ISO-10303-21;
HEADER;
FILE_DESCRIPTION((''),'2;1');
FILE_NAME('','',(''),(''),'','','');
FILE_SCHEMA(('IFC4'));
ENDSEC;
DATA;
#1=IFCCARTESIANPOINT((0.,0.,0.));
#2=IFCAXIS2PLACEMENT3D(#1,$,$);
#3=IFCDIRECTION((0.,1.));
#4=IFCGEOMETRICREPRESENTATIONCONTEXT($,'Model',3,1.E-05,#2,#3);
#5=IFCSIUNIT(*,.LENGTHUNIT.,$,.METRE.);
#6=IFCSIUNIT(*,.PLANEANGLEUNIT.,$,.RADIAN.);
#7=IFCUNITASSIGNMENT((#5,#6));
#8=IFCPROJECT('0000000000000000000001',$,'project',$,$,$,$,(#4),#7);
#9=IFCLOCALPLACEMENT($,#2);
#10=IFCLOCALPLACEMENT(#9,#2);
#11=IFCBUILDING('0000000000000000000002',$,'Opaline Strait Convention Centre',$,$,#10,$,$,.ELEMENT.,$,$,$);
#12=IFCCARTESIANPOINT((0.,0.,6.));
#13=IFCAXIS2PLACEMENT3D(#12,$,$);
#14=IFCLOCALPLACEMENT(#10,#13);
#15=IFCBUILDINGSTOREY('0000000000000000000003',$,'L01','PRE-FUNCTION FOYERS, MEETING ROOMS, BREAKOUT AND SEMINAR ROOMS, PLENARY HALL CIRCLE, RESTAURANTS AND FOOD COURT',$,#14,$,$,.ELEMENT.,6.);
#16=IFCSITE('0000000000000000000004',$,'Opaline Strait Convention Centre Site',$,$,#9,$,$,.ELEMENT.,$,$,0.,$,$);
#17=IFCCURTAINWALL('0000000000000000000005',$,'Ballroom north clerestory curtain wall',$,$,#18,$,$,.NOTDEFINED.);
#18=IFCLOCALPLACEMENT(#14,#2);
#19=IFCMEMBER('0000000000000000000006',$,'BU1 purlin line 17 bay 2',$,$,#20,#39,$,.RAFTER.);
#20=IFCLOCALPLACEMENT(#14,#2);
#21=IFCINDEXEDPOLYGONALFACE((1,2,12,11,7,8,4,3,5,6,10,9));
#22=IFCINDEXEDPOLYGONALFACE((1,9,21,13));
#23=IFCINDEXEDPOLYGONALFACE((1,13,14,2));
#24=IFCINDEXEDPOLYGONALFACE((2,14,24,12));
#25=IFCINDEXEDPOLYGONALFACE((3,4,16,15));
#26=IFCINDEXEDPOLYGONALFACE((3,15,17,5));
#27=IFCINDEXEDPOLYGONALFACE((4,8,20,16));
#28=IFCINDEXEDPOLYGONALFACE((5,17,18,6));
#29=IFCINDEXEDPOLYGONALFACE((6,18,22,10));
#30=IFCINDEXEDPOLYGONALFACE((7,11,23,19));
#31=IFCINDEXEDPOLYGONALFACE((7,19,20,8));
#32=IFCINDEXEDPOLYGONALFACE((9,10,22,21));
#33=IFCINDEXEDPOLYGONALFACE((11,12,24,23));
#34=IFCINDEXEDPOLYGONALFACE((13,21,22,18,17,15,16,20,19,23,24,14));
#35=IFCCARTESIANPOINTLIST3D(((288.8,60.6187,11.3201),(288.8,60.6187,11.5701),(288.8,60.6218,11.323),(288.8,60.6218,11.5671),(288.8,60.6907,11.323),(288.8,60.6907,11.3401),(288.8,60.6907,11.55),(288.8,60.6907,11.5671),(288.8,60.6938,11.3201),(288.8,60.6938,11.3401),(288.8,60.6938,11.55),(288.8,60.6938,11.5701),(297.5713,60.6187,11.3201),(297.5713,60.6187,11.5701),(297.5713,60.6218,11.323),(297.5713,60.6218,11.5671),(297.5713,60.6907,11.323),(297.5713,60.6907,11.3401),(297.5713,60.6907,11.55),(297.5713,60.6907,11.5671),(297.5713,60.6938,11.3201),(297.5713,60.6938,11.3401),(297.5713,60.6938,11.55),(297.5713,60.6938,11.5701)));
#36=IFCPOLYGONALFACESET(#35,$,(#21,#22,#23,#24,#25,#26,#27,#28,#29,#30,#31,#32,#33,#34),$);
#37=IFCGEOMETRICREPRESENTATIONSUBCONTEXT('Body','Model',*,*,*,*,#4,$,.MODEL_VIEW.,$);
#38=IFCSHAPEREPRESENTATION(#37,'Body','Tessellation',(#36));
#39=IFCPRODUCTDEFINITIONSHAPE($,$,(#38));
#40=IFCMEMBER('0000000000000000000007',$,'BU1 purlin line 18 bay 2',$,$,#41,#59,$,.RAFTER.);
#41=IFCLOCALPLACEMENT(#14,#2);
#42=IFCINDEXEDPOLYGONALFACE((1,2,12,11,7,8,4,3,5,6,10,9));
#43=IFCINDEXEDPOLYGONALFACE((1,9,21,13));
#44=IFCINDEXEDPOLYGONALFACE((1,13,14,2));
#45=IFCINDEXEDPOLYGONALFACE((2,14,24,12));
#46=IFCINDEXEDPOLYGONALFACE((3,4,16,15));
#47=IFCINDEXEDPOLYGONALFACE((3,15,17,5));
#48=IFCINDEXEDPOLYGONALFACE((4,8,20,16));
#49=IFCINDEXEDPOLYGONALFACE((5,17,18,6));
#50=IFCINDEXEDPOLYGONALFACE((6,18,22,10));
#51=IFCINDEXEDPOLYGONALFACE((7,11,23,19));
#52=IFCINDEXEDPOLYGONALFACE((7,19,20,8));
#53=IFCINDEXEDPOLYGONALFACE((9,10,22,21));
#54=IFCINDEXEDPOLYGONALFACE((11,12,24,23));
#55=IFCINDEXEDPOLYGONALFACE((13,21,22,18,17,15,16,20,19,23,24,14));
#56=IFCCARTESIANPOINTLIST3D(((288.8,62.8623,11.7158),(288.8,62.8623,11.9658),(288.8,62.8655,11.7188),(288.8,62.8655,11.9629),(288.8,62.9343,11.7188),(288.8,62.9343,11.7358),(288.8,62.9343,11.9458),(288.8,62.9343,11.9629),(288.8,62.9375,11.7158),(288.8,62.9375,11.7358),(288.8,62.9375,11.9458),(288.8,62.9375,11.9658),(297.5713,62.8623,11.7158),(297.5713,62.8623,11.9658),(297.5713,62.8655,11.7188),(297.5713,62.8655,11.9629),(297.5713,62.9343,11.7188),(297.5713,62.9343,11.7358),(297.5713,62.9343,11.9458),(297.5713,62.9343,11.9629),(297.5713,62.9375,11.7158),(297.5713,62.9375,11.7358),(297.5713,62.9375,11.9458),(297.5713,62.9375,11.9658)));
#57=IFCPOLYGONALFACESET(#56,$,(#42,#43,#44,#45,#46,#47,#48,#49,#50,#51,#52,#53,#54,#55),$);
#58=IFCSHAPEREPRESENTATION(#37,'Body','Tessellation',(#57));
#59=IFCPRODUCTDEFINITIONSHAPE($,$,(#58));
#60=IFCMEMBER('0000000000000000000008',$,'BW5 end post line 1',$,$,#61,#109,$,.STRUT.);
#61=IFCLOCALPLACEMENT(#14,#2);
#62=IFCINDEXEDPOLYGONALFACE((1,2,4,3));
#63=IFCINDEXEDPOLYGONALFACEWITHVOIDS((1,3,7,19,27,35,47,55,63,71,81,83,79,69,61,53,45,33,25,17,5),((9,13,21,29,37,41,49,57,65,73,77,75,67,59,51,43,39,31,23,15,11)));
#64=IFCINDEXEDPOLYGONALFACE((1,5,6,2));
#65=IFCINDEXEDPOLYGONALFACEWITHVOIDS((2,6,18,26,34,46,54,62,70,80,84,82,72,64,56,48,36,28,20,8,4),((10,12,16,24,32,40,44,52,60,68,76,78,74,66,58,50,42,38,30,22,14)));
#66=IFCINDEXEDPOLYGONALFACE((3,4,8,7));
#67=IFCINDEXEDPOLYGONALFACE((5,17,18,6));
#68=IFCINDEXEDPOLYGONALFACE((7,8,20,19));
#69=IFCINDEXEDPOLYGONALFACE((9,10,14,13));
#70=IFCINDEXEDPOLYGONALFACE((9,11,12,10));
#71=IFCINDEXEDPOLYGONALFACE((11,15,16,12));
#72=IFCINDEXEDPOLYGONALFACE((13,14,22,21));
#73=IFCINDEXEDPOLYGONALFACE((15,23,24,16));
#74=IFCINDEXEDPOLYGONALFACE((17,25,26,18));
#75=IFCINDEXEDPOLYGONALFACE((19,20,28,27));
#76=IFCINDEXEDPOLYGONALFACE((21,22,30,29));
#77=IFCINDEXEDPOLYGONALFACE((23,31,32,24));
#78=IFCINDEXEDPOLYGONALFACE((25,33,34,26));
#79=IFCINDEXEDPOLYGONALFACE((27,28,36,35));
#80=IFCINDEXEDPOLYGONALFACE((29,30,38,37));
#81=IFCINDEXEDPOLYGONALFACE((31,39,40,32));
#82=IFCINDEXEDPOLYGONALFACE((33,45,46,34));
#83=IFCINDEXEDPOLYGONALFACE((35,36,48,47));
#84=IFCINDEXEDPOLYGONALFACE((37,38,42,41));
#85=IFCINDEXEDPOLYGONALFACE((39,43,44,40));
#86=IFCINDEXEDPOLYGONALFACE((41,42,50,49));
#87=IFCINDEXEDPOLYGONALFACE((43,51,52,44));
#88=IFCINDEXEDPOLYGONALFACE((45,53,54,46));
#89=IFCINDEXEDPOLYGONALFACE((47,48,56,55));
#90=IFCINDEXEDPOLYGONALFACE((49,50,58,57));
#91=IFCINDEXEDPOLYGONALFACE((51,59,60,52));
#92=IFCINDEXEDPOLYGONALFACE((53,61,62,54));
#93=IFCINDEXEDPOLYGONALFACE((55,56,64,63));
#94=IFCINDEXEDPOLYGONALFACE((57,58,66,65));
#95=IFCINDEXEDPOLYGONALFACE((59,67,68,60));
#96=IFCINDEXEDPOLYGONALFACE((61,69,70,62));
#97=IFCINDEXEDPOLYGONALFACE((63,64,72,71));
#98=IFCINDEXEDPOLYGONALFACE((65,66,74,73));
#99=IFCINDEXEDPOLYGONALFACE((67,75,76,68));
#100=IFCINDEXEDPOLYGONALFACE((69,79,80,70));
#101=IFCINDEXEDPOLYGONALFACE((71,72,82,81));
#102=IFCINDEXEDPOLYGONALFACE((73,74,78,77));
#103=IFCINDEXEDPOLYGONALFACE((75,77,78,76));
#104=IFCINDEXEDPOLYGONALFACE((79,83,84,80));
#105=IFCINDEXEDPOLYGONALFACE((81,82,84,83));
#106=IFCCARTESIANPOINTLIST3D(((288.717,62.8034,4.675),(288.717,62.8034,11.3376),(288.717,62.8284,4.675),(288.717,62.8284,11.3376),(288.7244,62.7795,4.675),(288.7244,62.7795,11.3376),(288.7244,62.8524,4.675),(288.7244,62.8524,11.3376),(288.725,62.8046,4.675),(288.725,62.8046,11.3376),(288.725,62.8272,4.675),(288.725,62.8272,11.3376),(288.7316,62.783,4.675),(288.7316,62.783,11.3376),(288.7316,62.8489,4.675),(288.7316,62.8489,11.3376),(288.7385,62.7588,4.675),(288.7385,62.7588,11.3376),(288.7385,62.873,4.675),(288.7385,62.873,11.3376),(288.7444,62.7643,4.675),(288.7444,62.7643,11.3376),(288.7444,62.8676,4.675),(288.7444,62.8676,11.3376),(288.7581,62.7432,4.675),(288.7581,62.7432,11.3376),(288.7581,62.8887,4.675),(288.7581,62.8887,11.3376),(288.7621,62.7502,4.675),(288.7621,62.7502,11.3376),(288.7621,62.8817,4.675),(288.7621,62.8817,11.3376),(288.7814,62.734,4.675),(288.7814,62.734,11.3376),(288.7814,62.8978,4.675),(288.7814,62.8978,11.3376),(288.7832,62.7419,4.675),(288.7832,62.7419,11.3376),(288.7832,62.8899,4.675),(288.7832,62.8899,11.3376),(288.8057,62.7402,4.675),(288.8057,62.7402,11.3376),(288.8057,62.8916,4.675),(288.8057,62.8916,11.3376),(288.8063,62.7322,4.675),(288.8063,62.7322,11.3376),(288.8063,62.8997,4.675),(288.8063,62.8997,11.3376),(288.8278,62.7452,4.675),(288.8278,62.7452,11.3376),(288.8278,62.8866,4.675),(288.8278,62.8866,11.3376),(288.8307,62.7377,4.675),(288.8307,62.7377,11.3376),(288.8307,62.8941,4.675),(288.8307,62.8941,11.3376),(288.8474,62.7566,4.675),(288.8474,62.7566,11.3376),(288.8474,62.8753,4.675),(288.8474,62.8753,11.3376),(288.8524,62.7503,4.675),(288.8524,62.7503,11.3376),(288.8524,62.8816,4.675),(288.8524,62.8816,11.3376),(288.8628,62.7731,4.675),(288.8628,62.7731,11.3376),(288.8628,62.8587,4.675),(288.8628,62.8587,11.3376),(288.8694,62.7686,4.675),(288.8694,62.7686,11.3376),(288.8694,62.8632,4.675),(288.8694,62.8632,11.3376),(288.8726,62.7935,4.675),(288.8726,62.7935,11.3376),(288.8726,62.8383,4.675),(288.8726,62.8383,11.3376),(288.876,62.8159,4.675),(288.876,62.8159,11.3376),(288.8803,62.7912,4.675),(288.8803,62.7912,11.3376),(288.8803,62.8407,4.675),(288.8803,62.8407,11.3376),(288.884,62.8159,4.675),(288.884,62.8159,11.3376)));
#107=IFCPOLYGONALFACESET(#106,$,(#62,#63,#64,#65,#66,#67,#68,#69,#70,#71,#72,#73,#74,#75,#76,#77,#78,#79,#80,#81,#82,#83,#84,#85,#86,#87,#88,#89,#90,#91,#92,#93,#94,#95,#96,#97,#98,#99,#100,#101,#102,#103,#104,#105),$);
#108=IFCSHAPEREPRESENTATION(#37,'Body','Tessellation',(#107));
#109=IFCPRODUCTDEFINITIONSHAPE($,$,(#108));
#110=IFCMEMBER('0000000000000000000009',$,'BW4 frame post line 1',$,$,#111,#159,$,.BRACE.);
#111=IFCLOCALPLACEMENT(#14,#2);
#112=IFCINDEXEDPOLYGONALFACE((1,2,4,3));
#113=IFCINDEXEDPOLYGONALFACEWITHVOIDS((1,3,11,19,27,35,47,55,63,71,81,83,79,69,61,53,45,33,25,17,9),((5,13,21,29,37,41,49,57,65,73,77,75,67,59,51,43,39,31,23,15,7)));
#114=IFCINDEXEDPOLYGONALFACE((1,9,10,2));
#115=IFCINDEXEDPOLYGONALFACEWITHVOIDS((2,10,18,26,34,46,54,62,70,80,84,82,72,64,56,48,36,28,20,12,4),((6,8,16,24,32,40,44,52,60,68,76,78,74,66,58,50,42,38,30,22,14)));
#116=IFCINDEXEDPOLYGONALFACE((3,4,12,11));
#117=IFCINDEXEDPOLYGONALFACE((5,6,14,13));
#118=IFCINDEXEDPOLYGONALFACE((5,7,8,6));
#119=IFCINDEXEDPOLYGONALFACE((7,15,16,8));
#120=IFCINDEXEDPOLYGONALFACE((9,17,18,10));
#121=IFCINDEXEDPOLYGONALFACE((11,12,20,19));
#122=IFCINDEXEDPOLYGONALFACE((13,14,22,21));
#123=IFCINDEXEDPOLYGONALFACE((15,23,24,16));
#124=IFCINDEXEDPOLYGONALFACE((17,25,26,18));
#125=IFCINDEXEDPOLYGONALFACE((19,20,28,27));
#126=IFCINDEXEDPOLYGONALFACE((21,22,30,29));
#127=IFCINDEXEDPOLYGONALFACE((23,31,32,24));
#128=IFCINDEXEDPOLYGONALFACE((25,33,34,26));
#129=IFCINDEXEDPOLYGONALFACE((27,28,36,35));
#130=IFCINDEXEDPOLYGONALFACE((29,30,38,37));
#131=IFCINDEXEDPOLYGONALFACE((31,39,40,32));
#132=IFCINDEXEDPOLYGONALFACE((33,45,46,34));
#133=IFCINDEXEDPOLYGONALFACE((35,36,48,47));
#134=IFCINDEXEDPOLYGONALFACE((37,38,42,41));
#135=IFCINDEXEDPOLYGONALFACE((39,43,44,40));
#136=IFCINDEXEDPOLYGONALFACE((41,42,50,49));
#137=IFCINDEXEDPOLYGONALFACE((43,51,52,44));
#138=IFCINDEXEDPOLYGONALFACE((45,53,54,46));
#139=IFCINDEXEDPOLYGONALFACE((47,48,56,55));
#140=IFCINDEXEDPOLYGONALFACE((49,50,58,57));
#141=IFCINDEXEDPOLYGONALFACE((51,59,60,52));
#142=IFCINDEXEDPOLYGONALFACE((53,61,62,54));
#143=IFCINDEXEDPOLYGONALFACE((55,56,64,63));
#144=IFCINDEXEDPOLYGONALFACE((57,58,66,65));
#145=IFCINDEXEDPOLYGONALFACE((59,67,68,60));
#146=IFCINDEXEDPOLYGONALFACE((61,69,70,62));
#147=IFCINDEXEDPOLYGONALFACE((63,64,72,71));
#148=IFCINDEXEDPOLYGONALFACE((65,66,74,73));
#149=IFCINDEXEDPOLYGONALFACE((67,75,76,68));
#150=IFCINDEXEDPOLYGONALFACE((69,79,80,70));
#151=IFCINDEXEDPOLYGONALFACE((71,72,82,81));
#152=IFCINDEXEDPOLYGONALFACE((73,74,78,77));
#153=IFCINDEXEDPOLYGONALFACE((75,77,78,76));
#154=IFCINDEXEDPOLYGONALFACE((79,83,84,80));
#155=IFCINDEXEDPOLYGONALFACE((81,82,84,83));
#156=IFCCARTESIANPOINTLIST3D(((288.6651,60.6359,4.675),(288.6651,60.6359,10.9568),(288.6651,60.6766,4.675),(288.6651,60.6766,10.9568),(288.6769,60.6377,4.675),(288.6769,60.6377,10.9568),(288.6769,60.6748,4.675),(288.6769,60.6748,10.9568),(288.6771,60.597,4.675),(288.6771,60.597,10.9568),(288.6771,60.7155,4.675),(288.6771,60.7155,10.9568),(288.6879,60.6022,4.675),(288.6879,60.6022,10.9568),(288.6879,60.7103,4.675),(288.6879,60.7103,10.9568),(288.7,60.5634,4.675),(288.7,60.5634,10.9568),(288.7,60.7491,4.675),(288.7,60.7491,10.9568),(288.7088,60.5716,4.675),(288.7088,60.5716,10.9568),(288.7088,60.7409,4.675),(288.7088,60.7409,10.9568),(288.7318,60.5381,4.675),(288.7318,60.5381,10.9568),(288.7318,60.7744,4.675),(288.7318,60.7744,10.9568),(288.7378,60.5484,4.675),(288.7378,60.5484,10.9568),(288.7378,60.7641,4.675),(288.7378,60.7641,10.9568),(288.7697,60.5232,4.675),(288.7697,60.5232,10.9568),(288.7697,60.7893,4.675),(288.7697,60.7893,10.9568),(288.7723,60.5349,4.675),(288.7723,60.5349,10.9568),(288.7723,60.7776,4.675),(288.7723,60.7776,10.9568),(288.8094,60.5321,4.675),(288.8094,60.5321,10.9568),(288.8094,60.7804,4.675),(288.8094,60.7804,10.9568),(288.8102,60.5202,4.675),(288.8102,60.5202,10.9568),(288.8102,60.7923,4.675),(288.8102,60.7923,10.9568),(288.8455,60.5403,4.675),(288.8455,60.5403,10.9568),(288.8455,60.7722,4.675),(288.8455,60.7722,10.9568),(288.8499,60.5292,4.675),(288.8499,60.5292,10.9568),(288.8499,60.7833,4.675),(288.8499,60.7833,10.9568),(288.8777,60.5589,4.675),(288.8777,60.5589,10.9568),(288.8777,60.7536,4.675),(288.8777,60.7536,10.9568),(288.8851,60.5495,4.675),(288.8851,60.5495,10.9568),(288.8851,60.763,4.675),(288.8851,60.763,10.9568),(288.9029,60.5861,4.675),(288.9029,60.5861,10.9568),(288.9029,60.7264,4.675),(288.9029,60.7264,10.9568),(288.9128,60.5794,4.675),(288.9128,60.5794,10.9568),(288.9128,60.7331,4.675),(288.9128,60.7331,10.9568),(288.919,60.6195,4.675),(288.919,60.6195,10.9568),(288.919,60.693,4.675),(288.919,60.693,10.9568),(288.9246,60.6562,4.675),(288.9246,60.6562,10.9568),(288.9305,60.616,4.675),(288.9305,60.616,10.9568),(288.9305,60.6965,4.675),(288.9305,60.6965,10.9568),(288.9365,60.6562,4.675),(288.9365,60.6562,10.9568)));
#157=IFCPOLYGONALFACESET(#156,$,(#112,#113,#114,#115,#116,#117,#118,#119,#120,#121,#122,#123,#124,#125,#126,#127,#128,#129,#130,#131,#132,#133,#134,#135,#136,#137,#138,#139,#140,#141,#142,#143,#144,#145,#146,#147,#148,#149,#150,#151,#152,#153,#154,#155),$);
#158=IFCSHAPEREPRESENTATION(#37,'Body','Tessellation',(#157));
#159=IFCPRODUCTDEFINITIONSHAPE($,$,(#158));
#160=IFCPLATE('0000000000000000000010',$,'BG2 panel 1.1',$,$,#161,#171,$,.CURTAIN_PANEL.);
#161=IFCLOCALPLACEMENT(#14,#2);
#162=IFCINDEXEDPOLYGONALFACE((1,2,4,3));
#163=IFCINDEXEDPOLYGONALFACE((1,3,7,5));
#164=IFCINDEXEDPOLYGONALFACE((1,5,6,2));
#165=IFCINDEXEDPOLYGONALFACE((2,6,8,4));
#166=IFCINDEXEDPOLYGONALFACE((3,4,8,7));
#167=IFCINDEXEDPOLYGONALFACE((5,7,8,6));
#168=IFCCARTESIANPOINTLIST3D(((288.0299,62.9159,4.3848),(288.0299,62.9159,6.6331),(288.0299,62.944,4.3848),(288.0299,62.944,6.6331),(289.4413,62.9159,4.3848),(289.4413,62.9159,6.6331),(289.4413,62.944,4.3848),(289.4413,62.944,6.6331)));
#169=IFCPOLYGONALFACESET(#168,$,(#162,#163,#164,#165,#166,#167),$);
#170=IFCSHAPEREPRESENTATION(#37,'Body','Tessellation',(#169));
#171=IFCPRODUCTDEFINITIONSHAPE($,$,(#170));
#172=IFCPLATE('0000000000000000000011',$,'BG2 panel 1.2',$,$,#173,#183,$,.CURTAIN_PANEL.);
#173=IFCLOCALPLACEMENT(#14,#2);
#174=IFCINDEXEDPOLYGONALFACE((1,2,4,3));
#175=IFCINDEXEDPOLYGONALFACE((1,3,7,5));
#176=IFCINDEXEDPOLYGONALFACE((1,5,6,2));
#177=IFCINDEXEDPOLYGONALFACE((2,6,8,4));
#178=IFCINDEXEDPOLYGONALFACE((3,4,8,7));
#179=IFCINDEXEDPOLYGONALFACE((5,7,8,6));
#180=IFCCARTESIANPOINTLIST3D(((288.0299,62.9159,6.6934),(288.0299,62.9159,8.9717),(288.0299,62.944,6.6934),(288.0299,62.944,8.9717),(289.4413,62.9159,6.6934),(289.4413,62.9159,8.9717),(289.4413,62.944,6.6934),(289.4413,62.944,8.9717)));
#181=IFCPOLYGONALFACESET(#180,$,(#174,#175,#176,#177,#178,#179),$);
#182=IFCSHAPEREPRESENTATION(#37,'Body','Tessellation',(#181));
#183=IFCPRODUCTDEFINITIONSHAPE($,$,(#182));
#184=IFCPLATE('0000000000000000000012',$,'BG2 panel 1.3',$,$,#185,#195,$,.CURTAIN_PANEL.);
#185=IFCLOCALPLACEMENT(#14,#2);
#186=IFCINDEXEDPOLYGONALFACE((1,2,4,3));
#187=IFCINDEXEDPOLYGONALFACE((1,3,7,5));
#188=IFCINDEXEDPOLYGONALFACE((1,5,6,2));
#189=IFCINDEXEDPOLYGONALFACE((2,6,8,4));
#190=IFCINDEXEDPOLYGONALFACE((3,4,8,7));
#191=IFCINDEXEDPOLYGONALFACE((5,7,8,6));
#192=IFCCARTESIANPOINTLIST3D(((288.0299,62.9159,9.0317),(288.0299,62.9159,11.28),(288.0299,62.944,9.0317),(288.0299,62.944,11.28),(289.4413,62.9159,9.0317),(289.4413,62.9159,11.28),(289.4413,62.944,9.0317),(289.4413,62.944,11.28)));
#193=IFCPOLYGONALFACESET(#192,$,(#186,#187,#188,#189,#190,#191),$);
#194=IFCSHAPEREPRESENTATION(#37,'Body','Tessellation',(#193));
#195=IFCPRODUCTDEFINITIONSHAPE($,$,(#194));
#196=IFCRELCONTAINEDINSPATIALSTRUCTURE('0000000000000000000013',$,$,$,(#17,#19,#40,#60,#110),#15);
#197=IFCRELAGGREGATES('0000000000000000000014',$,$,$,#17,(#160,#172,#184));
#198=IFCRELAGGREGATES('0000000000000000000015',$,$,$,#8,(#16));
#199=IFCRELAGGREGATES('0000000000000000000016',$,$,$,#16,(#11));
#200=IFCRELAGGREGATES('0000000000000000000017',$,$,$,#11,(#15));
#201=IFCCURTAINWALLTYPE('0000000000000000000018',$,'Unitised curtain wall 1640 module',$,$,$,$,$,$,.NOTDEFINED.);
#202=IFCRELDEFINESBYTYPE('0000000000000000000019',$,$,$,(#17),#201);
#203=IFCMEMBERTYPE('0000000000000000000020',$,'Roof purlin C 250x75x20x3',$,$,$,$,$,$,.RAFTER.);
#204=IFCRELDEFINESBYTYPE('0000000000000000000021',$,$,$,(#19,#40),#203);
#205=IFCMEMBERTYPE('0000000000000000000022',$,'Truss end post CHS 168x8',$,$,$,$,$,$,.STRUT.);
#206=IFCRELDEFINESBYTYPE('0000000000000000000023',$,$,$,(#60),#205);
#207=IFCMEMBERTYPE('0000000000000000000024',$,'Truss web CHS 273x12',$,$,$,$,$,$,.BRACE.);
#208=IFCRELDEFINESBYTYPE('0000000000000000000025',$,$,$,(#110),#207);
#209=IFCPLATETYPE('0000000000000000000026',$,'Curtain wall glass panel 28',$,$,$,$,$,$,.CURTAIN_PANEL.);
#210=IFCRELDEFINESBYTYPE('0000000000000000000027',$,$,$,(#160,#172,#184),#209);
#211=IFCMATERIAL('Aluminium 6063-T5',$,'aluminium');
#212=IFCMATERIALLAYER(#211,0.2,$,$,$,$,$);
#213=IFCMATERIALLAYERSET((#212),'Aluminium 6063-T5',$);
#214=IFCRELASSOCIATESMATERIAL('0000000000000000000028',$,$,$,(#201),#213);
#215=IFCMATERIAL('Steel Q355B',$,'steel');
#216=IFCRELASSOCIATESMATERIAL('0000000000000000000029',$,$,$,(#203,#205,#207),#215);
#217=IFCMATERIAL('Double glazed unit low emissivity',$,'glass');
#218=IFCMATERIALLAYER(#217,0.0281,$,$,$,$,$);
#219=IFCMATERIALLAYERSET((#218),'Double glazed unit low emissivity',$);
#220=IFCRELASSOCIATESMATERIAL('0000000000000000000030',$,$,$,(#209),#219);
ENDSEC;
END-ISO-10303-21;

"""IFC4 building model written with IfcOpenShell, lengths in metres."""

from ifc_helpers import new_model, si_unit, direction, frame, origin, origin_2d, place, context, subcontext, project, spatial, polyline, rectangle, hollow_circle, outline, extrude, material, layer, layer_set, material_profile, profile_set, type_object, element, aggregate, save


model = new_model("IFC4")

# Units and contexts
model_context = context("Model", 3, precision=1e-05, world=origin(), true_north=direction((0.0, 1.0)))
body_context = subcontext(model_context, "Body", "Model", "MODEL_VIEW")
ifc_project = project(units=[si_unit("LENGTHUNIT", "METRE"), si_unit("PLANEANGLEUNIT", "RADIAN")], contexts=[model_context])

# Site, building, storey
site_placement = place(None, origin())
site = spatial("IfcSite", under=ifc_project, at=site_placement, Name="Opaline Strait Convention Centre Site", CompositionType="ELEMENT", RefElevation=0.0)
building_placement = place(site_placement, origin())
building = spatial("IfcBuilding", under=site, at=building_placement, Name="Opaline Strait Convention Centre", CompositionType="ELEMENT")
storey_placement = place(building_placement, frame((0.0, 0.0, 6.0)))
storey = spatial("IfcBuildingStorey", under=building, at=storey_placement, Name="L01", Description="PRE-FUNCTION FOYERS, MEETING ROOMS, BREAKOUT AND SEMINAR ROOMS, PLENARY HALL CIRCLE, RESTAURANTS AND FOOD COURT", CompositionType="ELEMENT", Elevation=6.0)

# Curtain wall
ifc_material_1 = material(Name="Aluminium 6063-T5", Category="aluminium")
ifc_layer_1 = layer(ifc_material_1, 0.2)
ifc_layer_set_1 = layer_set([ifc_layer_1], Name="Aluminium 6063-T5")
curtain_wall_type = type_object("IfcCurtainWallType", Name="Unitised curtain wall 1640 module", PredefinedType="NOTDEFINED", material=ifc_layer_set_1)
curtain_wall_placement = place(storey_placement, origin())
curtain_wall = element("IfcCurtainWall", 1, at=curtain_wall_placement, inside=storey, type_object=curtain_wall_type, Name="Ballroom north clerestory curtain wall", PredefinedType="NOTDEFINED")

# Members
ifc_material_2 = material(Name="Steel Q355B", Category="steel")
ifc_material_profile_1 = material_profile(ifc_material_2, outline(polyline([(-0.0376, -0.125), (0.0376, -0.125), (0.0376, -0.105), (0.0344, -0.105), (0.0344, -0.1221), (-0.0344, -0.1221), (-0.0344, 0.1221), (0.0344, 0.1221), (0.0344, 0.105), (0.0376, 0.105), (0.0376, 0.125), (-0.0376, 0.125), (-0.0376, -0.125)])), Name="C 250x75x20x3")
ifc_profile_set_1 = profile_set([ifc_material_profile_1], Name="Steel Q355B")
member_type_1 = type_object("IfcMemberType", Name="Roof purlin C 250x75x20x3", PredefinedType="RAFTER", material=ifc_profile_set_1)
for number, where, z_axis, x_axis, name in (
    (2, (288.8, 60.6562, 11.4451), (1.0, 0.0, 0.0), (0.0, 1.0, 0.0), "BU1 purlin line 17 bay 2"),
    (3, (288.8, 62.8999, 11.8408), (1.0, 0.0, 0.0), (0.0, 1.0, 0.0), "BU1 purlin line 18 bay 2"),
):
    element("IfcMember", number, at=place(storey_placement, frame(where, z_axis=z_axis, x_axis=x_axis)), inside=storey, type_object=member_type_1, Name=name, PredefinedType="RAFTER", context=body_context, shape_type="SweptSolid", body=[
        extrude(outline(polyline([(-0.0376, -0.125), (0.0376, -0.125), (0.0376, -0.105), (0.0344, -0.105), (0.0344, -0.1221), (-0.0344, -0.1221), (-0.0344, 0.1221), (0.0344, 0.1221), (0.0344, 0.105), (0.0376, 0.105), (0.0376, 0.125), (-0.0376, 0.125), (-0.0376, -0.125)])), origin(), (0.0, 0.0, 1.0), 8.7712),
    ])
ifc_material_profile_2 = material_profile(ifc_material_2, hollow_circle(Radius=0.084, WallThickness=0.0081, at=origin_2d()), Name="CHS 168x8")
ifc_profile_set_2 = profile_set([ifc_material_profile_2], Name="Steel Q355B")
member_type_2 = type_object("IfcMemberType", Name="Truss end post CHS 168x8", PredefinedType="STRUT", material=ifc_profile_set_2)
member_1_placement = place(storey_placement, frame((288.8, 62.8159, 4.675), z_axis=(0.0, 0.0, 1.0), x_axis=(1.0, 0.0, 0.0)))
element("IfcMember", 4, at=member_1_placement, inside=storey, type_object=member_type_2, Name="BW5 end post line 1", PredefinedType="STRUT", context=body_context, shape_type="SweptSolid", body=[
    extrude(hollow_circle(Radius=0.084, WallThickness=0.0081, at=origin_2d()), origin(), (0.0, 0.0, 1.0), 6.6626),
])
ifc_material_profile_3 = material_profile(ifc_material_2, hollow_circle(Radius=0.1365, WallThickness=0.012, at=origin_2d()), Name="CHS 273x12")
ifc_profile_set_3 = profile_set([ifc_material_profile_3], Name="Steel Q355B")
member_type_3 = type_object("IfcMemberType", Name="Truss web CHS 273x12", PredefinedType="BRACE", material=ifc_profile_set_3)
member_2_placement = place(storey_placement, frame((288.8, 60.6562, 4.675), z_axis=(0.0, 0.0, 1.0), x_axis=(1.0, 0.0, 0.0)))
element("IfcMember", 5, at=member_2_placement, inside=storey, type_object=member_type_3, Name="BW4 frame post line 1", PredefinedType="BRACE", context=body_context, shape_type="SweptSolid", body=[
    extrude(hollow_circle(Radius=0.1365, WallThickness=0.012, at=origin_2d()), origin(), (0.0, 0.0, 1.0), 6.2817),
])

# Plates
ifc_material_3 = material(Name="Double glazed unit low emissivity", Category="glass")
ifc_layer_2 = layer(ifc_material_3, 0.0281)
ifc_layer_set_2 = layer_set([ifc_layer_2], Name="Double glazed unit low emissivity")
plate_type = type_object("IfcPlateType", Name="Curtain wall glass panel 28", PredefinedType="CURTAIN_PANEL", material=ifc_layer_set_2)
plate_1_placement = place(storey_placement, frame((288.7356, 62.9299, 4.3848), z_axis=(0.0, 0.0, 1.0), x_axis=(1.0, 0.0, 0.0)))
plate_1 = element("IfcPlate", 6, at=plate_1_placement, type_object=plate_type, Name="BG2 panel 1.1", PredefinedType="CURTAIN_PANEL", context=body_context, shape_type="SweptSolid", body=[
    extrude(rectangle(XDim=1.4114, YDim=0.0281, at=origin_2d()), origin(), (0.0, 0.0, 1.0), 2.2483),
])
plate_2_placement = place(storey_placement, frame((288.7356, 62.9299, 6.6934), z_axis=(0.0, 0.0, 1.0), x_axis=(1.0, 0.0, 0.0)))
plate_2 = element("IfcPlate", 7, at=plate_2_placement, type_object=plate_type, Name="BG2 panel 1.2", PredefinedType="CURTAIN_PANEL", context=body_context, shape_type="SweptSolid", body=[
    extrude(rectangle(XDim=1.4114, YDim=0.0281, at=origin_2d()), origin(), (0.0, 0.0, 1.0), 2.2783),
])
plate_3_placement = place(storey_placement, frame((288.7356, 62.9299, 9.0317), z_axis=(0.0, 0.0, 1.0), x_axis=(1.0, 0.0, 0.0)))
plate_3 = element("IfcPlate", 8, at=plate_3_placement, type_object=plate_type, Name="BG2 panel 1.3", PredefinedType="CURTAIN_PANEL", context=body_context, shape_type="SweptSolid", body=[
    extrude(rectangle(XDim=1.4114, YDim=0.0281, at=origin_2d()), origin(), (0.0, 0.0, 1.0), 2.2483),
])
aggregate(curtain_wall, [plate_1, plate_2, plate_3])

save(model, "model.ifc")
